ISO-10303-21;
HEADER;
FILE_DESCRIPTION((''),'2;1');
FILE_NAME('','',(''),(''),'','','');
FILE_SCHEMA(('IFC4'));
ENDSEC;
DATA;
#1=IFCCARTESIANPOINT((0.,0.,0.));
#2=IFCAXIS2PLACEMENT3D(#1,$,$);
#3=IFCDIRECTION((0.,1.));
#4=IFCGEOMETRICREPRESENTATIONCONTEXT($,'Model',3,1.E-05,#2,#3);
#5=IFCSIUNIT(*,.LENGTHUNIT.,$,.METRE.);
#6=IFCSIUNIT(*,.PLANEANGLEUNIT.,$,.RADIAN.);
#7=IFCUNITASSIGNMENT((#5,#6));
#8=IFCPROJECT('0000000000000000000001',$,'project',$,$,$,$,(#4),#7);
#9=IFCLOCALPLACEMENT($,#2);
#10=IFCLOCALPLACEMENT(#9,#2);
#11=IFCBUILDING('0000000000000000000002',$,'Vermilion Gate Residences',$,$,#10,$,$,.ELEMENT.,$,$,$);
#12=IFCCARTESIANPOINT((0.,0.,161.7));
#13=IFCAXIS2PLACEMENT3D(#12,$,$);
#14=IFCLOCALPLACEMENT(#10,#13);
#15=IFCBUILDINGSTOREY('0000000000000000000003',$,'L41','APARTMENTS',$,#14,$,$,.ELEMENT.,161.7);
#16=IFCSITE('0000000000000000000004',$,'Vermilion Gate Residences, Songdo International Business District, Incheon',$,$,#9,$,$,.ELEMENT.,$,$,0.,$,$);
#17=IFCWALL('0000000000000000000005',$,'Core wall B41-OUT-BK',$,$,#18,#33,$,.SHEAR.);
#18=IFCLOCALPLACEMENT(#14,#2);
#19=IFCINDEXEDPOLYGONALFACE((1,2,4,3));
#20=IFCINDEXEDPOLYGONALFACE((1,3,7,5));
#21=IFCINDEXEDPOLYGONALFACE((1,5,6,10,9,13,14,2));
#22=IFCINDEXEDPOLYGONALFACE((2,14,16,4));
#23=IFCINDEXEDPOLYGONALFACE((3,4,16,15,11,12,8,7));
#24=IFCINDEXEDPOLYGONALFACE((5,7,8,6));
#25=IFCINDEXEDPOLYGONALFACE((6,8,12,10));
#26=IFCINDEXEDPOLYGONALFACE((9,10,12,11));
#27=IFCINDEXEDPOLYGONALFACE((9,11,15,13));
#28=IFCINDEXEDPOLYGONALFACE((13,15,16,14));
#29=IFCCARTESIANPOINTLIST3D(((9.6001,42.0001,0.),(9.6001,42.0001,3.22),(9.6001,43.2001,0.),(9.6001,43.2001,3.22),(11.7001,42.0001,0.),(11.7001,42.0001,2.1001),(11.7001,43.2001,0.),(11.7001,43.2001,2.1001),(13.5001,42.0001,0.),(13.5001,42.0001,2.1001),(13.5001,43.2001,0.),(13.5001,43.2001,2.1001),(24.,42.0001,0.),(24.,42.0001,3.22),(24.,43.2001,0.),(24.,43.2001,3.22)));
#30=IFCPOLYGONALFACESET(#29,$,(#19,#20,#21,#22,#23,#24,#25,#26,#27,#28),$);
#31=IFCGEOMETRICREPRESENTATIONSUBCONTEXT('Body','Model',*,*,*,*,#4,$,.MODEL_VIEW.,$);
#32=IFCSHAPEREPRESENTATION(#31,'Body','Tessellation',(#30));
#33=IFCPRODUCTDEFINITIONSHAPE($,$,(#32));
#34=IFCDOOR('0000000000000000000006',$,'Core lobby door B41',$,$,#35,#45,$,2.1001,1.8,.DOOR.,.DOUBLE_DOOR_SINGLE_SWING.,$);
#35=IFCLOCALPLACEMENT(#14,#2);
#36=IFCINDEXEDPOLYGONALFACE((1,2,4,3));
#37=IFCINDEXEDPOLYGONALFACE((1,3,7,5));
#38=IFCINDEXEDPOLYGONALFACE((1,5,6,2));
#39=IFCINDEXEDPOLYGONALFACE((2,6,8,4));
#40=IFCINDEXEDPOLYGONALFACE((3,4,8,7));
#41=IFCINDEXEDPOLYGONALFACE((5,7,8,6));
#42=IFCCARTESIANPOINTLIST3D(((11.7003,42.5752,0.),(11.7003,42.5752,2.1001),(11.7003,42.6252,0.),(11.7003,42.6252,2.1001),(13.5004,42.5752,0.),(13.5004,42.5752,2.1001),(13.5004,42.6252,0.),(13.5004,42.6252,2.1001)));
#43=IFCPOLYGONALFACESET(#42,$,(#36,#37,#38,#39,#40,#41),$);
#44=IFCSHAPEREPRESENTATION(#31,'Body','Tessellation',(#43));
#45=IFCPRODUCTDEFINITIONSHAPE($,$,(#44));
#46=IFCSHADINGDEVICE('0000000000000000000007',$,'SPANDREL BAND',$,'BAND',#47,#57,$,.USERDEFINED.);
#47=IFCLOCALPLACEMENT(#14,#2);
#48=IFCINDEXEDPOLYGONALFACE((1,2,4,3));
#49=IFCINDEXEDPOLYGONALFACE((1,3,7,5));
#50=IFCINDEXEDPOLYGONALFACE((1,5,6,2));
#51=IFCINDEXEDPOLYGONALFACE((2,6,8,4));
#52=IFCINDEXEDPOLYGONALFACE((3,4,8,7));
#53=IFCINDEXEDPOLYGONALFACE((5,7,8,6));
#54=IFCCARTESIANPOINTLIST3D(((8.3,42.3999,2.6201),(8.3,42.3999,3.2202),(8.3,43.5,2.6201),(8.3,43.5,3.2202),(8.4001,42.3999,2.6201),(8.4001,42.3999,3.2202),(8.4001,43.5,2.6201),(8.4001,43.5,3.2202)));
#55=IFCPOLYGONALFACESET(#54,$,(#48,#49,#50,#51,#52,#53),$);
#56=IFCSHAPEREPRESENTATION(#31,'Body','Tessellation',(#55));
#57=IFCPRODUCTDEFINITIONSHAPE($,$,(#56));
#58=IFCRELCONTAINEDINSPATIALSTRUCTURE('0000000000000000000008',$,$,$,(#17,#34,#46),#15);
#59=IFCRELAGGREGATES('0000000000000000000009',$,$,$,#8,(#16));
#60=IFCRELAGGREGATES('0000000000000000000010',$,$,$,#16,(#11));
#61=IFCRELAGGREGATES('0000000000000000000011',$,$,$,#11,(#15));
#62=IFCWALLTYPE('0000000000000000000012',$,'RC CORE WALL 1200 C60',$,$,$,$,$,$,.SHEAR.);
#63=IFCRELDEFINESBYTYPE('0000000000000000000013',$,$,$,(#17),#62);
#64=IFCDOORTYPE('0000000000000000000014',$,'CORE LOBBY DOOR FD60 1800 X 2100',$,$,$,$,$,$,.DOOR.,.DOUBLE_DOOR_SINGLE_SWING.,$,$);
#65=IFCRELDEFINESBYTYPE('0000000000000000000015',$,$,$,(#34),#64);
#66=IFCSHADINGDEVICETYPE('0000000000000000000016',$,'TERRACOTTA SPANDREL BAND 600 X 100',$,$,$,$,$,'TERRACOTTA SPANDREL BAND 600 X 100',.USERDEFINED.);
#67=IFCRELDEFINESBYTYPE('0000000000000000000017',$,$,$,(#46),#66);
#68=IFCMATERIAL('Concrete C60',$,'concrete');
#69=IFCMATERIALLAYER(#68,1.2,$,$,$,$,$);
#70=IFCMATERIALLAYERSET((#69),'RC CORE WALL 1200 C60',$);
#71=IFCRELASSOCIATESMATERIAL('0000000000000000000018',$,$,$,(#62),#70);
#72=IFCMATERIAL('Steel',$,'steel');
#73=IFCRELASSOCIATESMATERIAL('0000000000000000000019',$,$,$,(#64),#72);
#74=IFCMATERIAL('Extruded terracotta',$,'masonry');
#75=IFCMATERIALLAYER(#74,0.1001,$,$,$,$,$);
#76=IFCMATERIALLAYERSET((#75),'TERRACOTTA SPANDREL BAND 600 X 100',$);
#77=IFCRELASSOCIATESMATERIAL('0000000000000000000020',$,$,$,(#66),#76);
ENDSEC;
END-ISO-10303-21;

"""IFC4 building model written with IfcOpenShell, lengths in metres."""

from ifc_helpers import new_model, si_unit, direction, frame, frame_2d, origin, origin_2d, place, context, subcontext, project, spatial, rectangle, extrude, material, layer, layer_set, type_object, element, fill, save


model = new_model("IFC4")

# Units and contexts
model_context = context("Model", 3, precision=1e-05, world=origin(), true_north=direction((0.0, 1.0)))
body_context = subcontext(model_context, "Body", "Model", "MODEL_VIEW")
ifc_project = project(units=[si_unit("LENGTHUNIT", "METRE"), si_unit("PLANEANGLEUNIT", "RADIAN")], contexts=[model_context])

# Site, building, storey
site_placement = place(None, origin())
site = spatial("IfcSite", under=ifc_project, at=site_placement, Name="Vermilion Gate Residences, Songdo International Business District, Incheon", CompositionType="ELEMENT", RefElevation=0.0)
building_placement = place(site_placement, origin())
building = spatial("IfcBuilding", under=site, at=building_placement, Name="Vermilion Gate Residences", CompositionType="ELEMENT")
storey_placement = place(building_placement, frame((0.0, 0.0, 161.7)))
storey = spatial("IfcBuildingStorey", under=building, at=storey_placement, Name="L41", Description="APARTMENTS", CompositionType="ELEMENT", Elevation=161.7)

# Wall, opening, door
ifc_material_1 = material(Name="Concrete C60", Category="concrete")
ifc_layer_1 = layer(ifc_material_1, 1.2)
ifc_layer_set_1 = layer_set([ifc_layer_1], Name="RC CORE WALL 1200 C60")
wall_type_1 = type_object("IfcWallType", Name="RC CORE WALL 1200 C60", PredefinedType="SHEAR", material=ifc_layer_set_1)
wall_1_placement = place(storey_placement, frame((9.6001, 42.6001, 0.0), z_axis=(0.0, 0.0, 1.0), x_axis=(1.0, 0.0, 0.0)))
wall_1 = element("IfcWall", 1, at=wall_1_placement, inside=storey, type_object=wall_type_1, Name="Core wall B41-OUT-BK", PredefinedType="SHEAR", context=body_context, shape_type="SweptSolid", body=[
    extrude(rectangle(XDim=14.3999, YDim=1.2, at=frame_2d((7.2, 0.0))), origin(), (0.0, 0.0, 1.0), 3.22),
])
opening_1_placement = place(wall_1_placement, frame((2.1001, 0.0, 0.0)))
opening_1 = element("IfcOpeningElement", 2, at=opening_1_placement, cuts=wall_1, PredefinedType="OPENING", context=body_context, shape_type="SweptSolid", body=[
    extrude(rectangle(XDim=1.8, YDim=2.1001, at=frame_2d((0.8999, 1.05))), frame((0.0, 0.6099, 0.0), z_axis=(0.0, -1.0, 0.0), x_axis=(1.0, 0.0, 0.0)), (0.0, 0.0, 1.0), 1.22),
])
ifc_material_2 = material(Name="Steel", Category="steel")
door_type_1 = type_object("IfcDoorType", Name="CORE LOBBY DOOR FD60 1800 X 2100", OperationType="DOUBLE_DOOR_SINGLE_SWING", PredefinedType="DOOR", material=ifc_material_2)
door_1_placement = place(opening_1_placement, frame((1.8, 0.0, 0.0), z_axis=(0.0, 0.0, 1.0), x_axis=(-1.0, 0.0, 0.0)))
door_1 = element("IfcDoor", 3, at=door_1_placement, inside=storey, type_object=door_type_1, Name="Core lobby door B41", OperationType="DOUBLE_DOOR_SINGLE_SWING", OverallHeight=2.1001, OverallWidth=1.8, PredefinedType="DOOR", context=body_context, shape_type="SweptSolid", body=[
    extrude(rectangle(XDim=1.8, YDim=2.1001, at=frame_2d((0.8999, 1.05))), frame((0.0, 0.0249, 0.0), z_axis=(0.0, -1.0, 0.0), x_axis=(1.0, 0.0, 0.0)), (0.0, 0.0, 1.0), 0.05),
])
fill(opening_1, door_1)

# Shading device
ifc_material_3 = material(Name="Extruded terracotta", Category="masonry")
ifc_layer_2 = layer(ifc_material_3, 0.1001)
ifc_layer_set_2 = layer_set([ifc_layer_2], Name="TERRACOTTA SPANDREL BAND 600 X 100")
shading_device_type = type_object("IfcShadingDeviceType", Name="TERRACOTTA SPANDREL BAND 600 X 100", ElementType="TERRACOTTA SPANDREL BAND 600 X 100", PredefinedType="USERDEFINED", material=ifc_layer_set_2)
shading_device_placement = place(storey_placement, frame((8.3501, 42.95, 2.6201), z_axis=(0.0, 0.0, 1.0), x_axis=(0.0, 1.0, 0.0)))
element("IfcShadingDevice", 4, at=shading_device_placement, inside=storey, type_object=shading_device_type, Name="SPANDREL BAND", ObjectType="BAND", PredefinedType="USERDEFINED", context=body_context, shape_type="SweptSolid", body=[
    extrude(rectangle(XDim=1.1001, YDim=0.1001, at=origin_2d()), origin(), (0.0, 0.0, 1.0), 0.6001),
])

save(model, "model.ifc")
